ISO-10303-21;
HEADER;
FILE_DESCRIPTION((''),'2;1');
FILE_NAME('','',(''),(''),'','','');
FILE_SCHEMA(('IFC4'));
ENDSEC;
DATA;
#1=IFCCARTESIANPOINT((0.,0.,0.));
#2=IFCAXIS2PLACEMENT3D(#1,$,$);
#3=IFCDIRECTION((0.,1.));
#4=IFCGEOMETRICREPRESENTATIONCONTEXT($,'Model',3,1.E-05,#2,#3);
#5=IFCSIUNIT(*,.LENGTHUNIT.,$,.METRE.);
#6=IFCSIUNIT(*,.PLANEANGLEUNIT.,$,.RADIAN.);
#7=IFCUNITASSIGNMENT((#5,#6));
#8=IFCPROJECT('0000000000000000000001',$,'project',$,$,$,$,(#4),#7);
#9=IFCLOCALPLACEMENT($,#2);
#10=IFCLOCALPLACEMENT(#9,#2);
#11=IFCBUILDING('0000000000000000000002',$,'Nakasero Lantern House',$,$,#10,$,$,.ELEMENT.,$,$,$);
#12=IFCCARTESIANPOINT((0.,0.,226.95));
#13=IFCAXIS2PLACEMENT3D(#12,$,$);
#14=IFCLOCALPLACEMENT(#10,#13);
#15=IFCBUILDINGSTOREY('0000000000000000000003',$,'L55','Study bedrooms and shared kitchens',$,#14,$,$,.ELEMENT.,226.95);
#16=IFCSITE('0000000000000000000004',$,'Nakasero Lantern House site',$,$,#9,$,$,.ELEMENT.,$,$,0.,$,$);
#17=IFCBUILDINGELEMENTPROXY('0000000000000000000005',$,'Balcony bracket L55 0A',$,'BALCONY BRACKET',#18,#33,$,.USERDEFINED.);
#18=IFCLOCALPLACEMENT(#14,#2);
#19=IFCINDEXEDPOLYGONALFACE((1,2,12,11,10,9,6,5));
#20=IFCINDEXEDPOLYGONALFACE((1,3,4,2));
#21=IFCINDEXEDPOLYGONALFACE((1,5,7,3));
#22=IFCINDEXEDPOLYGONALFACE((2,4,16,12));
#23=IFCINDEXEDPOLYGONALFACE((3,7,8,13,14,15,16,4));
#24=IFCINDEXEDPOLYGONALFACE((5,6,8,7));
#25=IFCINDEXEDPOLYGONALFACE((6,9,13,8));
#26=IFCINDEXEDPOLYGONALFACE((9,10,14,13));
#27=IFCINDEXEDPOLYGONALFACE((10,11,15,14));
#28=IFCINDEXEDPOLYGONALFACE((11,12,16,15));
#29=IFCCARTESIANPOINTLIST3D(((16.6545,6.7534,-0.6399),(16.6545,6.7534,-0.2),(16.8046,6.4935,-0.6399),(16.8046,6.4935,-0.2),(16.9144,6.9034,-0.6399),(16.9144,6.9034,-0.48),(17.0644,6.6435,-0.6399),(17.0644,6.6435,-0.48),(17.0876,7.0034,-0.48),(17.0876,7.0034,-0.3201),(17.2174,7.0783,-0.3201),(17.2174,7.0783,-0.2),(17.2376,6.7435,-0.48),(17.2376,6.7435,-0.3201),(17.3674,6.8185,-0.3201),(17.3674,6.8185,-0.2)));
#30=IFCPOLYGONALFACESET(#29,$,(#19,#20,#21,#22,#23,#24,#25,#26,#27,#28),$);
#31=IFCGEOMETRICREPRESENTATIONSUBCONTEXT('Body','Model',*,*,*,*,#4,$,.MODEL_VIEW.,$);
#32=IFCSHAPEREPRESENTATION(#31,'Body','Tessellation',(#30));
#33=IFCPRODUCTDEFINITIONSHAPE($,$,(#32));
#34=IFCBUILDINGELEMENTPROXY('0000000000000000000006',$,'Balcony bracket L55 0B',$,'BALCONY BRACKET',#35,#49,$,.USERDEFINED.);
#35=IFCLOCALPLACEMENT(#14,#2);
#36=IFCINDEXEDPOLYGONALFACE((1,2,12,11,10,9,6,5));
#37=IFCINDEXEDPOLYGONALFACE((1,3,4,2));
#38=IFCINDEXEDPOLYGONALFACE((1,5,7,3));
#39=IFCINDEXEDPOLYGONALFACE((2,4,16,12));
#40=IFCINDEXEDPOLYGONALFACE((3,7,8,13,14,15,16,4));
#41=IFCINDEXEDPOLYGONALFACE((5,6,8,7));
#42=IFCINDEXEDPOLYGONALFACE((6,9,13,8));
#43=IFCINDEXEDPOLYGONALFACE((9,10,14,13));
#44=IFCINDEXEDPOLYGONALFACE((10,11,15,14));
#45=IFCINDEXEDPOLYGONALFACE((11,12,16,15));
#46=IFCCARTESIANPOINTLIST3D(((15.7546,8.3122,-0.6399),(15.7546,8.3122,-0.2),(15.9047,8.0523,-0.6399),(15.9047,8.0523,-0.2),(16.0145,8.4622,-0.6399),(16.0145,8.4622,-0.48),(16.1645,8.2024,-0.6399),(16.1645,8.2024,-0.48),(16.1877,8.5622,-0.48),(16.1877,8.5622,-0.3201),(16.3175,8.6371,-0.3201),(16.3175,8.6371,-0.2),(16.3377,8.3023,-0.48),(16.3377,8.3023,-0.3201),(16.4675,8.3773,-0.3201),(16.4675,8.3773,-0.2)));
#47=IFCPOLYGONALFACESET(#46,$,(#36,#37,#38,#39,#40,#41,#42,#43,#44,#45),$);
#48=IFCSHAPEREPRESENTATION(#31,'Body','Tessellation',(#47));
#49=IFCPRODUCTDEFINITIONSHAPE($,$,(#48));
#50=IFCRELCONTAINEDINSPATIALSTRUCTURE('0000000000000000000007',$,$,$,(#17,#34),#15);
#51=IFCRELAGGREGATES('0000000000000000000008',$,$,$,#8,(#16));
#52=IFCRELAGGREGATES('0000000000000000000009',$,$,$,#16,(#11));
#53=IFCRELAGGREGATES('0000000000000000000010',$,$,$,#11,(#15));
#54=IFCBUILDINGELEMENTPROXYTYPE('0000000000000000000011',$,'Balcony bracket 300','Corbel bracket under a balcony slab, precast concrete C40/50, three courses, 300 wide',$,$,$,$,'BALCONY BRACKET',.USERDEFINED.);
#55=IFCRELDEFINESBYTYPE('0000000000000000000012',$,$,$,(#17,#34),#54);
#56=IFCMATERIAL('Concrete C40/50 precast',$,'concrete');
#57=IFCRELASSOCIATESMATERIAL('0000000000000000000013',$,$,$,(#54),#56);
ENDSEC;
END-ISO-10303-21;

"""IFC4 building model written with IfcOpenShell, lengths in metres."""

from ifc_helpers import new_model, si_unit, direction, frame, origin, place, context, subcontext, project, spatial, polyline, outline, extrude, material, type_object, element, save


model = new_model("IFC4")

# Units and contexts
model_context = context("Model", 3, precision=1e-05, world=origin(), true_north=direction((0.0, 1.0)))
body_context = subcontext(model_context, "Body", "Model", "MODEL_VIEW")
ifc_project = project(units=[si_unit("LENGTHUNIT", "METRE"), si_unit("PLANEANGLEUNIT", "RADIAN")], contexts=[model_context])

# Site, building, storey
site_placement = place(None, origin())
site = spatial("IfcSite", under=ifc_project, at=site_placement, Name="Nakasero Lantern House site", CompositionType="ELEMENT", RefElevation=0.0)
building_placement = place(site_placement, origin())
building = spatial("IfcBuilding", under=site, at=building_placement, Name="Nakasero Lantern House", CompositionType="ELEMENT")
storey_placement = place(building_placement, frame((0.0, 0.0, 226.95)))
storey = spatial("IfcBuildingStorey", under=building, at=storey_placement, Name="L55", Description="Study bedrooms and shared kitchens", CompositionType="ELEMENT", Elevation=226.95)

# Building element proxies
ifc_material_1 = material(Name="Concrete C40/50 precast", Category="concrete")
building_element_proxy_type = type_object("IfcBuildingElementProxyType", Name="Balcony bracket 300", Description="Corbel bracket under a balcony slab, precast concrete C40/50, three courses, 300 wide", ElementType="BALCONY BRACKET", PredefinedType="USERDEFINED", material=ifc_material_1)
for number, where, z_axis, x_axis, name in (
    (1, (16.7295, 6.6235, -0.2), (0.0, 0.0, 1.0), (0.866025, 0.5, 0.0), "Balcony bracket L55 0A"),
    (2, (15.8296, 8.1824, -0.2), (0.0, 0.0, 1.0), (0.866025, 0.5, 0.0), "Balcony bracket L55 0B"),
):
    element("IfcBuildingElementProxy", number, at=place(storey_placement, frame(where, z_axis=z_axis, x_axis=x_axis)), inside=storey, type_object=building_element_proxy_type, Name=name, ObjectType="BALCONY BRACKET", PredefinedType="USERDEFINED", context=body_context, shape_type="SweptSolid", body=[
        extrude(outline(polyline([(0.0, 0.0), (0.6499, 0.0), (0.6499, -0.1201), (0.5, -0.1201), (0.5, -0.28), (0.3, -0.28), (0.3, -0.4399), (0.0, -0.4399), (0.0, 0.0)])), frame((0.0, 0.1499, 0.0), z_axis=(0.0, -1.0, 0.0), x_axis=(1.0, 0.0, 0.0)), (0.0, 0.0, 1.0), 0.3),
    ])

save(model, "model.ifc")
